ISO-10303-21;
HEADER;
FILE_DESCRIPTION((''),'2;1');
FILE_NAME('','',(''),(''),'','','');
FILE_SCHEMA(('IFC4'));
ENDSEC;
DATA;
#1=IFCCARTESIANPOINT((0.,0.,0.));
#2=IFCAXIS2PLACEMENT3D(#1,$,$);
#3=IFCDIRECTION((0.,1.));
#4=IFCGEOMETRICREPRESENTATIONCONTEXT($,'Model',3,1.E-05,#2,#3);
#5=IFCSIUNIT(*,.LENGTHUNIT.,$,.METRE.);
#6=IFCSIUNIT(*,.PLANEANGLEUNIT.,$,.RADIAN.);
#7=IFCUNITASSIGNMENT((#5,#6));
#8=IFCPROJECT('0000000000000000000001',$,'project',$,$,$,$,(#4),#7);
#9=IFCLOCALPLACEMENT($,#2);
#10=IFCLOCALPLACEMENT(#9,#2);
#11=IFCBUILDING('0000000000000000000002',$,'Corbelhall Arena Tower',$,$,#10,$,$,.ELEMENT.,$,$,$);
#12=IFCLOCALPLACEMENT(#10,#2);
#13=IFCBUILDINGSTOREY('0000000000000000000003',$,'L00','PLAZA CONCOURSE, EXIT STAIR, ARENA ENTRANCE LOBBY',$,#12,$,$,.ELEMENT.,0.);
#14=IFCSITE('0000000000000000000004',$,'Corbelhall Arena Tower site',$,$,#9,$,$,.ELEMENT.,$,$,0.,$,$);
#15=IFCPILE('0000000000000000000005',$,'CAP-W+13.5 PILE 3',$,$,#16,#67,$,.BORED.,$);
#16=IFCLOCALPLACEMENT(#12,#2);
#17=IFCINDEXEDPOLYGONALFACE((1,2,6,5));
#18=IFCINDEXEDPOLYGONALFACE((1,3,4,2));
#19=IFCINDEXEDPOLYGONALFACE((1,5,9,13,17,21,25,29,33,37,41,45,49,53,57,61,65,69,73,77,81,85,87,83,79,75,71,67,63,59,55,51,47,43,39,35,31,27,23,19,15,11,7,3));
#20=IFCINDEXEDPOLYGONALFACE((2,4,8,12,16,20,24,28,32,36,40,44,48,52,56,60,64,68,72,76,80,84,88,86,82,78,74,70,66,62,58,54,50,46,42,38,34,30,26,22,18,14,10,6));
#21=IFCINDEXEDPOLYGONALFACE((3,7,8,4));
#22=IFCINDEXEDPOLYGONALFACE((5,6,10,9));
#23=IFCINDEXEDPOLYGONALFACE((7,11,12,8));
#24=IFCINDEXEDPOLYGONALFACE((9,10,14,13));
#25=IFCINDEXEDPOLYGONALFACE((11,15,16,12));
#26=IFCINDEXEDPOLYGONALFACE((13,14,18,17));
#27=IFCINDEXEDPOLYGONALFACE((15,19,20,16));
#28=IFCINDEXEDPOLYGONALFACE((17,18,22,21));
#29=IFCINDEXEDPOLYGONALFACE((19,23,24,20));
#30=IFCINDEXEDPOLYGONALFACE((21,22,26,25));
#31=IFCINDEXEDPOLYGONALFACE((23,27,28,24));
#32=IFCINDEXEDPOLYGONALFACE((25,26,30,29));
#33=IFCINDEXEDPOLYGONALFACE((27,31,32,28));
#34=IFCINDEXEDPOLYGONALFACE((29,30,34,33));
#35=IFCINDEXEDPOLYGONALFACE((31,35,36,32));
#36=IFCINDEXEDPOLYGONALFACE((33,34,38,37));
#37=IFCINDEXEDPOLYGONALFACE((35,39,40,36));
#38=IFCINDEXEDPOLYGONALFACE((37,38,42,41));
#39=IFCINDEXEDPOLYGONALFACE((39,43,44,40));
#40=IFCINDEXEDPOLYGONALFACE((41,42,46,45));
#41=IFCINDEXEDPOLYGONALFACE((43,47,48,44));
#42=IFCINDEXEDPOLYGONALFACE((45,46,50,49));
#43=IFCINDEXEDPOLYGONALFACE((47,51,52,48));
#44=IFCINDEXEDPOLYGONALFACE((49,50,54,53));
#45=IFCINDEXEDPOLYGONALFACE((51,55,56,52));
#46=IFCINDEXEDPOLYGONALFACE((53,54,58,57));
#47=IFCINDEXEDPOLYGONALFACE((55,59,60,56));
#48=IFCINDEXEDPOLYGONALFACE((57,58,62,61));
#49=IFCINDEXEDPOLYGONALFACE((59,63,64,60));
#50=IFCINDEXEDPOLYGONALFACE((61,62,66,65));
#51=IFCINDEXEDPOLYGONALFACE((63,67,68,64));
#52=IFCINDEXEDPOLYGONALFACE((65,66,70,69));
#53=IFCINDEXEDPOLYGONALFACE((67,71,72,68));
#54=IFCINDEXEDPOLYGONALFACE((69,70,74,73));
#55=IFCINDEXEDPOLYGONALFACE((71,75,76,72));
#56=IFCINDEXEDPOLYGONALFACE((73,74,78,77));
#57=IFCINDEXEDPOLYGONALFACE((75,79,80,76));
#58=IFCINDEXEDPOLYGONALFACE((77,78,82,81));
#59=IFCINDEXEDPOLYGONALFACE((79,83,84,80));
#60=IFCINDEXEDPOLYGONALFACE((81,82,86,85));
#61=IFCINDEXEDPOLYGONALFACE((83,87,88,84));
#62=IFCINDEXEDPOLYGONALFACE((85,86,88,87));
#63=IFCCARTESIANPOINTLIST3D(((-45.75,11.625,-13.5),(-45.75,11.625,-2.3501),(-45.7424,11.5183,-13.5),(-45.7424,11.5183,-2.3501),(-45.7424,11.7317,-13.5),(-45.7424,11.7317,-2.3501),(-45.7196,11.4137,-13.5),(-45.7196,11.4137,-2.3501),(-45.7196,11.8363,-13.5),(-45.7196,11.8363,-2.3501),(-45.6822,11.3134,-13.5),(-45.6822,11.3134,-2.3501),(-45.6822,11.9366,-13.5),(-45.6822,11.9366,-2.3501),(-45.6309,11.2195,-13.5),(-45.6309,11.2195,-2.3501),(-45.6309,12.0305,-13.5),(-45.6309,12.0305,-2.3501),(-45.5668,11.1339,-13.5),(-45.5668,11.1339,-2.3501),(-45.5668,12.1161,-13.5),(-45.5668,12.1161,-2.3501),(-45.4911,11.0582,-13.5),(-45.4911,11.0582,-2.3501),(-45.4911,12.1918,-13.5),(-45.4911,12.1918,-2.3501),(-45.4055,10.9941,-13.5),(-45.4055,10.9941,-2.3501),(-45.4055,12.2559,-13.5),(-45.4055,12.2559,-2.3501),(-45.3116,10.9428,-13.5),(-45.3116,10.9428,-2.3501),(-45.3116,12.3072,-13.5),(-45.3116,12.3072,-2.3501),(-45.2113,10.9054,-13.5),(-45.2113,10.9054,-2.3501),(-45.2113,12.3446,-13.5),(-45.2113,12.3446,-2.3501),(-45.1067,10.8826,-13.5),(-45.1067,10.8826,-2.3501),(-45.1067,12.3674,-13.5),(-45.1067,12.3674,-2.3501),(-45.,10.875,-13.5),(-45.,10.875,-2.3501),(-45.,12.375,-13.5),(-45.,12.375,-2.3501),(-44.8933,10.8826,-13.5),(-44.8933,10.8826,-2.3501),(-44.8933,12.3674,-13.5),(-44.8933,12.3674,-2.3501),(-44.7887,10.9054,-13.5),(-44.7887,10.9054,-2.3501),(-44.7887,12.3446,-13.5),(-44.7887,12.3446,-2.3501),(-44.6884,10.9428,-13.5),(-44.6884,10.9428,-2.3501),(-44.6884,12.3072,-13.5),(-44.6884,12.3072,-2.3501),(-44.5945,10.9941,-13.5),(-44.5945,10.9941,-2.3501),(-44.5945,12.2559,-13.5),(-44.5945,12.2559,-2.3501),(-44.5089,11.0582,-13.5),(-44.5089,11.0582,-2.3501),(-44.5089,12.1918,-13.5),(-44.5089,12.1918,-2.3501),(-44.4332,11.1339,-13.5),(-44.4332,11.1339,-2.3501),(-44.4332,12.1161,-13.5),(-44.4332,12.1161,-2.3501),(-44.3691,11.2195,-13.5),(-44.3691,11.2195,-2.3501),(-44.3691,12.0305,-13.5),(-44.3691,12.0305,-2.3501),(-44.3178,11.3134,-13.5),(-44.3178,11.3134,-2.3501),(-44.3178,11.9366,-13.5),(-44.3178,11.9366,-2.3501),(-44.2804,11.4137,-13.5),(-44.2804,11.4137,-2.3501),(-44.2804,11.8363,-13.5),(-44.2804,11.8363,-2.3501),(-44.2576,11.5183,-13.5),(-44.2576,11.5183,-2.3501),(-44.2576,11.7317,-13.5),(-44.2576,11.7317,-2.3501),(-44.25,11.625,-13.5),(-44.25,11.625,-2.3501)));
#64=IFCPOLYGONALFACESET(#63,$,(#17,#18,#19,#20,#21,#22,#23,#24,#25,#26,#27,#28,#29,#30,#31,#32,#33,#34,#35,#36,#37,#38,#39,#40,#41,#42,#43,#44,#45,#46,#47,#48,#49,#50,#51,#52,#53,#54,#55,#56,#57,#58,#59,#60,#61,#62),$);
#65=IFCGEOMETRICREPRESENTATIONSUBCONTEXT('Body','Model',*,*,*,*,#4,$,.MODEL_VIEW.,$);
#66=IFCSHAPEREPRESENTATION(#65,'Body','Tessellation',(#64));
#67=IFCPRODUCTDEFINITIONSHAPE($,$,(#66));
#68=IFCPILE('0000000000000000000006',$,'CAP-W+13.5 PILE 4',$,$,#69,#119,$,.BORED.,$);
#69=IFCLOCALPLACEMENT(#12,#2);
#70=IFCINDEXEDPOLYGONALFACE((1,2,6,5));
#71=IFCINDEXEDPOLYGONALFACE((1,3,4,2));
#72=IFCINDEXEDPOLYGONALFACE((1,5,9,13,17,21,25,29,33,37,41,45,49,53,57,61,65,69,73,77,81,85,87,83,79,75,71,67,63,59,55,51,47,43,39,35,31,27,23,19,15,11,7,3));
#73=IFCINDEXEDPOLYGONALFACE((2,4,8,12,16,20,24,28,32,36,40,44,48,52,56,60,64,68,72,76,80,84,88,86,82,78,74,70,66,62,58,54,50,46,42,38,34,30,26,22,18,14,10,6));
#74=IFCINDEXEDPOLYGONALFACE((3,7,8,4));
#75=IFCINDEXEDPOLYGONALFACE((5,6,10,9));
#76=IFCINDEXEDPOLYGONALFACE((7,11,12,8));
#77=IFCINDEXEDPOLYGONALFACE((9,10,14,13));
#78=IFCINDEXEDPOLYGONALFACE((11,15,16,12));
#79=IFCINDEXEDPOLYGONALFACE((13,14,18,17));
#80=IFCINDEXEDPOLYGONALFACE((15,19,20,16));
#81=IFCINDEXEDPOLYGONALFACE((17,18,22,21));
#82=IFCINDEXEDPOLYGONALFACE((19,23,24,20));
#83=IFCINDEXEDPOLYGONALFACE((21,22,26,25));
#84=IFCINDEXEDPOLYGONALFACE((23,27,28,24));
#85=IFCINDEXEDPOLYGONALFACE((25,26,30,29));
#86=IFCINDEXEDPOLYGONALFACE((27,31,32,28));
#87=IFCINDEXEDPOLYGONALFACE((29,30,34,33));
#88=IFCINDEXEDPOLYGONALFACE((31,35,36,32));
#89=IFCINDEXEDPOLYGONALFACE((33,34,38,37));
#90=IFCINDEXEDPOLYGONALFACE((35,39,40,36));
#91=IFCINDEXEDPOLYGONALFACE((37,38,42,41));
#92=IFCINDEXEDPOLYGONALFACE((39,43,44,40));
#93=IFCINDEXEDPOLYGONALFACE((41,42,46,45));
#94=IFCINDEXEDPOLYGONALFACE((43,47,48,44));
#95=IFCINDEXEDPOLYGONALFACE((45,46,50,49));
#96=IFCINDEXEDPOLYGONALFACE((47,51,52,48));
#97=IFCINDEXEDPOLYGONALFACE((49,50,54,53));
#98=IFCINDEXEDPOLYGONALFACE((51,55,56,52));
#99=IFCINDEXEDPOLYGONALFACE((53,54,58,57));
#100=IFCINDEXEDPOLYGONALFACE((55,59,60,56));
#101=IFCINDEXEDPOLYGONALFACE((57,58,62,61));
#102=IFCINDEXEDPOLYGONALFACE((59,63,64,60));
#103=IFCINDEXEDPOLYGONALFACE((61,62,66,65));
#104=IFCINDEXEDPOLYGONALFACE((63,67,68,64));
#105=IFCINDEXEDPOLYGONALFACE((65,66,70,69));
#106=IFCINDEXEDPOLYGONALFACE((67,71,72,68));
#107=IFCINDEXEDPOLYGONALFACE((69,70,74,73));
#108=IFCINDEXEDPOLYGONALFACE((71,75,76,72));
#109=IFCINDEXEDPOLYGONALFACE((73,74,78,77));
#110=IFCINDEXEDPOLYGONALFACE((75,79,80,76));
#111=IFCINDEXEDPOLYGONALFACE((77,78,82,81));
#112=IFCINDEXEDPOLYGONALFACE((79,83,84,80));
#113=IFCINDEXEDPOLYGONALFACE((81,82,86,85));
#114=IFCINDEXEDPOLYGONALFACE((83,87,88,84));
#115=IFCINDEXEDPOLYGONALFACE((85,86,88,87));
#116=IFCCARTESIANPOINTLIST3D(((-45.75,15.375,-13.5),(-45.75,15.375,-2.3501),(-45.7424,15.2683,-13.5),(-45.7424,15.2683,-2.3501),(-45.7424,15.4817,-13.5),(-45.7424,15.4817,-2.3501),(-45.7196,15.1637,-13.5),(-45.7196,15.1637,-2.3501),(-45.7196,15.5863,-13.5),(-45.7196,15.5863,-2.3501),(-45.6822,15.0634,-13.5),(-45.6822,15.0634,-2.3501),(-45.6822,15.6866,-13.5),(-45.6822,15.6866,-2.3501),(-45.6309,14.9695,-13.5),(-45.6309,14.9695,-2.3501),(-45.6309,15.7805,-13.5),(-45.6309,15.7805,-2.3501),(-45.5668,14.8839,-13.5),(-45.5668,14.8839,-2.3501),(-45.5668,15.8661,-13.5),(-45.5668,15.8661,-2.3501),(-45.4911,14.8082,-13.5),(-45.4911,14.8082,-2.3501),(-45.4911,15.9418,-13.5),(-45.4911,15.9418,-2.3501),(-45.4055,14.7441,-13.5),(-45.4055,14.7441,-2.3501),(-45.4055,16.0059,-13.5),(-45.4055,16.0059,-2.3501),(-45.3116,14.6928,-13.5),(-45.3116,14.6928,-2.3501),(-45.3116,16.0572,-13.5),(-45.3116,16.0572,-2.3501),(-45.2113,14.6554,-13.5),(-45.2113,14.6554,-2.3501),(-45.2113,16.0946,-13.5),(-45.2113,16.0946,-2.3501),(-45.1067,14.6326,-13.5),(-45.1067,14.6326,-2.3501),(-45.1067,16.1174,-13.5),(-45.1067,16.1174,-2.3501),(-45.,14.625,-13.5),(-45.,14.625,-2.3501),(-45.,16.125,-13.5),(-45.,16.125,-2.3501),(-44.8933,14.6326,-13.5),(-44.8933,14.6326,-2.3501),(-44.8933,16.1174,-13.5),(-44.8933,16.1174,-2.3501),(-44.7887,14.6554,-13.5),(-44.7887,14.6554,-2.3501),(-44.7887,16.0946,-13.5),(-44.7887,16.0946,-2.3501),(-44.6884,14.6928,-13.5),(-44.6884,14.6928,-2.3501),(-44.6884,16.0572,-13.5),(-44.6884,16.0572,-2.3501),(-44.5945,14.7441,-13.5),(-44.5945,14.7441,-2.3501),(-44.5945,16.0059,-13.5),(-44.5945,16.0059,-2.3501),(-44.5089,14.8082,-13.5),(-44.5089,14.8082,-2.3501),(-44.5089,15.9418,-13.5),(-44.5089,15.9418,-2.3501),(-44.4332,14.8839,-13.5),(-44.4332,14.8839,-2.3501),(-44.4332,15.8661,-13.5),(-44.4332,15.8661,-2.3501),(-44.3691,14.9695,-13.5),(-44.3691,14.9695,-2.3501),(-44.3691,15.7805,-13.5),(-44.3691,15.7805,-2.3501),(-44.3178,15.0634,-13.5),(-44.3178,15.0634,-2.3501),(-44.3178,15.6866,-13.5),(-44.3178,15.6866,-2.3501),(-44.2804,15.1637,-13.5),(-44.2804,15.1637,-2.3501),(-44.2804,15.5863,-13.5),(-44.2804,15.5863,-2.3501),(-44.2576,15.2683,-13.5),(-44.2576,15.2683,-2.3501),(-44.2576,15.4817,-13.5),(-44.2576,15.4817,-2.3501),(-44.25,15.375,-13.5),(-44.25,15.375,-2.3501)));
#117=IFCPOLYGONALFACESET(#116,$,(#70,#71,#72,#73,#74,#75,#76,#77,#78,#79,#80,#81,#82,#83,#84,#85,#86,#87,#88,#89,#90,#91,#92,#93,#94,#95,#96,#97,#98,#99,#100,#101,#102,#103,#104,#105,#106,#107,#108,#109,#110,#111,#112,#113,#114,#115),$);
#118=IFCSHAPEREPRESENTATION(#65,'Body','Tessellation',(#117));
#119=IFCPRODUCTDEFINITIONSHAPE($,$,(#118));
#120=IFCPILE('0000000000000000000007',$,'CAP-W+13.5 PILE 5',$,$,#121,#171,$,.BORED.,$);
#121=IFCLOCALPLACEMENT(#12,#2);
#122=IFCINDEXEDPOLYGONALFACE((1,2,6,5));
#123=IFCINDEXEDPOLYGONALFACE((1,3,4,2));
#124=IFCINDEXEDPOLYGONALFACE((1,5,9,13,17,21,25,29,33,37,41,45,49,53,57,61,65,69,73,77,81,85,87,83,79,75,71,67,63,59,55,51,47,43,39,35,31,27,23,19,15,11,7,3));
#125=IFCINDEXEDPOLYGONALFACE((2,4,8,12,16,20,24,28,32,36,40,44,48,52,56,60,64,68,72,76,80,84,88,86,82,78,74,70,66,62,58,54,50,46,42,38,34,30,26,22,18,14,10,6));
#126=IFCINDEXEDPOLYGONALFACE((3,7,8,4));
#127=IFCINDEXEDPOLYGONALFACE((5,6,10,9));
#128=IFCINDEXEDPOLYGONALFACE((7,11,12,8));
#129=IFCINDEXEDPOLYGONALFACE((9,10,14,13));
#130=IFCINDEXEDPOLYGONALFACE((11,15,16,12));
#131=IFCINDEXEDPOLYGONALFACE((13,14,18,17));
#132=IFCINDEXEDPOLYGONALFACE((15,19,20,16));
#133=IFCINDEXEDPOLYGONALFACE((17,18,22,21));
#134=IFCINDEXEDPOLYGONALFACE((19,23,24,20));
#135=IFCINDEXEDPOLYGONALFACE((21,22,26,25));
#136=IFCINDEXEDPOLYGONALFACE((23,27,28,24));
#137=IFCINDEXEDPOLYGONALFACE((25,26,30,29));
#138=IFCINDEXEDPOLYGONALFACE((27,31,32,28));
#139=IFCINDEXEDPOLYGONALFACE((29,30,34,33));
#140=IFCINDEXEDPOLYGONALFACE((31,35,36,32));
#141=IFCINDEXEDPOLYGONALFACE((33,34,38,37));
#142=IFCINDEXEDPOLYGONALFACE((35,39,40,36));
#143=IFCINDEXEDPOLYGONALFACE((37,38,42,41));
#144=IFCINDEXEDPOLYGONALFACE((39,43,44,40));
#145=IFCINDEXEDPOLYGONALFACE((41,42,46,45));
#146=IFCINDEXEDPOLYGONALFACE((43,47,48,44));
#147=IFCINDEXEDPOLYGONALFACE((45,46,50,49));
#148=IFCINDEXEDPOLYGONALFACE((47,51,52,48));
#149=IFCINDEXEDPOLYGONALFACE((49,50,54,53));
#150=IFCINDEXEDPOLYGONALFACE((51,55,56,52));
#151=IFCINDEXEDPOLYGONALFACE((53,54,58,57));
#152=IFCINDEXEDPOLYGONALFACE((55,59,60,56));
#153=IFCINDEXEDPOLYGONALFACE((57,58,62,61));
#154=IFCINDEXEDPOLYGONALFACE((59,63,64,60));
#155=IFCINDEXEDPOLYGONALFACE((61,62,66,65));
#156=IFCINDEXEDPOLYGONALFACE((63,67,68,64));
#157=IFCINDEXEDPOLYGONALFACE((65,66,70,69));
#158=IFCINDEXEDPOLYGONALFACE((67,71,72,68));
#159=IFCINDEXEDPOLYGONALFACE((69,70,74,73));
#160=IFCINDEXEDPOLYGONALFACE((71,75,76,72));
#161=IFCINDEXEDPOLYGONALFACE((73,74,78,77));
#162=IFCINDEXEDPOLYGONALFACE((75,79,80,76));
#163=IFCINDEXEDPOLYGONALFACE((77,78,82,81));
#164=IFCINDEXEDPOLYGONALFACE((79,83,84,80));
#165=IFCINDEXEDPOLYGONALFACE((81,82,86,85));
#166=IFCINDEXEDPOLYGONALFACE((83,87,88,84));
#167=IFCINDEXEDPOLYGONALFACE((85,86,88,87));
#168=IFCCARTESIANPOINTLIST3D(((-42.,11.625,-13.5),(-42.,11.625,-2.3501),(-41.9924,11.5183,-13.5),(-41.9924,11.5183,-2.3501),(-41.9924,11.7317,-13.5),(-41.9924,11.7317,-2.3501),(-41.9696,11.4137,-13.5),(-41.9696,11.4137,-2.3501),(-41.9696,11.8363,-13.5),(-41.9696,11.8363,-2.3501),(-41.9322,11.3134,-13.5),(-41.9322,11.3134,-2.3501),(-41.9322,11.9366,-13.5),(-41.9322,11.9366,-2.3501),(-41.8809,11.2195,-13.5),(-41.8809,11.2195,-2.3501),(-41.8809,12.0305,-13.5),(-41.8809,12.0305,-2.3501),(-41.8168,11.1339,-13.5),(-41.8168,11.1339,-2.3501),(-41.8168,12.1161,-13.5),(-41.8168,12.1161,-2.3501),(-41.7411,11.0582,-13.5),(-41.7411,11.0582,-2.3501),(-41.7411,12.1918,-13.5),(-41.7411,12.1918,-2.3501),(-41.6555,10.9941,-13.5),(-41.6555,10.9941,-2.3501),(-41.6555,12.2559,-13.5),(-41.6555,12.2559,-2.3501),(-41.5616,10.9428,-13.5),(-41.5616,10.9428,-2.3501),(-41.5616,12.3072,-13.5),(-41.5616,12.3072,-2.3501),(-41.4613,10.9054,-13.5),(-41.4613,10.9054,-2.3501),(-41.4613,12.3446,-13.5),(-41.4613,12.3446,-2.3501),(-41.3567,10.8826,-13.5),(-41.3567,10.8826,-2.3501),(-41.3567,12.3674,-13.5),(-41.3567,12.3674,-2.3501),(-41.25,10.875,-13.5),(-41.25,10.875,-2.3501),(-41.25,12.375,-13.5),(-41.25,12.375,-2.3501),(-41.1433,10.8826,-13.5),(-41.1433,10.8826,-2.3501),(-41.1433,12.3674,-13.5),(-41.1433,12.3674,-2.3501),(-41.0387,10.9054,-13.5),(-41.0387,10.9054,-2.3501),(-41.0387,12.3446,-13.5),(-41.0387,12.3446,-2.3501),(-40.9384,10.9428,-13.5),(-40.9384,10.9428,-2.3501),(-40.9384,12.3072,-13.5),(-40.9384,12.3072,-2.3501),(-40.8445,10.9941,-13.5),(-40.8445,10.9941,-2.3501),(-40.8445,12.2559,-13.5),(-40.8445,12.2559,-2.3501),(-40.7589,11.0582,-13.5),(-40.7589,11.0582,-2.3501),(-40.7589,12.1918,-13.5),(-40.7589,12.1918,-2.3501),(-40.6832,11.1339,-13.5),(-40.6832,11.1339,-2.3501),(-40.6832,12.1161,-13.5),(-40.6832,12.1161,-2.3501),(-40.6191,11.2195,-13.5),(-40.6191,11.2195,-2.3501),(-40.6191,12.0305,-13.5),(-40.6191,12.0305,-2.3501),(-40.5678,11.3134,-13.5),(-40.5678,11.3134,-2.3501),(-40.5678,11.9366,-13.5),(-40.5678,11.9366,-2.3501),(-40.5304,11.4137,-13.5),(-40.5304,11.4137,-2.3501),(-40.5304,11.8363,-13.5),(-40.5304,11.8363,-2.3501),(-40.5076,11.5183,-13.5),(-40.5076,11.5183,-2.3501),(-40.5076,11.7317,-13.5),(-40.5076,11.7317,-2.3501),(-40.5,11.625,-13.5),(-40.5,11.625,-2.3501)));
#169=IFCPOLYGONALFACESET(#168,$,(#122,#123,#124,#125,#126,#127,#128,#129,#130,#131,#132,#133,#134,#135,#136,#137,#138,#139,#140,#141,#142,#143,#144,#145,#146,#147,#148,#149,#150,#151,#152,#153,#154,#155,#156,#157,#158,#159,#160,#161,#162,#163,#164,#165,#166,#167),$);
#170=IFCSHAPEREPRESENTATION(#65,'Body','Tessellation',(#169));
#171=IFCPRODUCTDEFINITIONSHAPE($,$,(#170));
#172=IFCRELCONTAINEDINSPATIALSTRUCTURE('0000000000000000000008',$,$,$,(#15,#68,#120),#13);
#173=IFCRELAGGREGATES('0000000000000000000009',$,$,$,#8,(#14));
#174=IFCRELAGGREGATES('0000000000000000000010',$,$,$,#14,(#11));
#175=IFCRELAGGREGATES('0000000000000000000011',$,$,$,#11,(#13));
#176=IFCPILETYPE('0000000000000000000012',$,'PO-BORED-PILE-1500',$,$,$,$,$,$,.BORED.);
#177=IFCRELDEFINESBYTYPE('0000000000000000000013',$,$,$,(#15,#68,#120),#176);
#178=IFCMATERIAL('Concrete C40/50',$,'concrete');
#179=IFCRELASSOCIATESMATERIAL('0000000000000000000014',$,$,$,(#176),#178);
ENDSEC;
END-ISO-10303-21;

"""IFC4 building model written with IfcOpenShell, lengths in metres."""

from ifc_helpers import new_model, si_unit, direction, frame, origin, origin_2d, place, context, subcontext, project, spatial, circle, extrude, material, material_profile, profile_set, type_object, element, save


model = new_model("IFC4")

# Units and contexts
model_context = context("Model", 3, precision=1e-05, world=origin(), true_north=direction((0.0, 1.0)))
body_context = subcontext(model_context, "Body", "Model", "MODEL_VIEW")
ifc_project = project(units=[si_unit("LENGTHUNIT", "METRE"), si_unit("PLANEANGLEUNIT", "RADIAN")], contexts=[model_context])

# Site, building, storey
site_placement = place(None, origin())
site = spatial("IfcSite", under=ifc_project, at=site_placement, Name="Corbelhall Arena Tower site", CompositionType="ELEMENT", RefElevation=0.0)
building_placement = place(site_placement, origin())
building = spatial("IfcBuilding", under=site, at=building_placement, Name="Corbelhall Arena Tower", CompositionType="ELEMENT")
storey_placement = place(building_placement, origin())
storey = spatial("IfcBuildingStorey", under=building, at=storey_placement, Name="L00", Description="PLAZA CONCOURSE, EXIT STAIR, ARENA ENTRANCE LOBBY", CompositionType="ELEMENT", Elevation=0.0)

# Piles
ifc_material_1 = material(Name="Concrete C40/50", Category="concrete")
ifc_material_profile_1 = material_profile(ifc_material_1, circle(Radius=0.75, at=origin_2d()))
ifc_profile_set_1 = profile_set([ifc_material_profile_1], Name="Concrete C40/50")
pile_type_1 = type_object("IfcPileType", Name="PO-BORED-PILE-1500", PredefinedType="BORED", material=ifc_profile_set_1)
for number, where, z_axis, x_axis, name in (
    (1, (-45.0, 11.625, -2.3501), (0.0, 0.0, -1.0), (1.0, 0.0, 0.0), "CAP-W+13.5 PILE 3"),
    (2, (-45.0, 15.375, -2.3501), (0.0, 0.0, -1.0), (1.0, 0.0, 0.0), "CAP-W+13.5 PILE 4"),
    (3, (-41.25, 11.625, -2.3501), (0.0, 0.0, -1.0), (1.0, 0.0, 0.0), "CAP-W+13.5 PILE 5"),
):
    element("IfcPile", number, at=place(storey_placement, frame(where, z_axis=z_axis, x_axis=x_axis)), inside=storey, type_object=pile_type_1, Name=name, PredefinedType="BORED", context=body_context, shape_type="SweptSolid", body=[
        extrude(circle(Radius=0.75, at=origin_2d()), origin(), (0.0, 0.0, 1.0), 11.1499),
    ])

save(model, "model.ifc")
